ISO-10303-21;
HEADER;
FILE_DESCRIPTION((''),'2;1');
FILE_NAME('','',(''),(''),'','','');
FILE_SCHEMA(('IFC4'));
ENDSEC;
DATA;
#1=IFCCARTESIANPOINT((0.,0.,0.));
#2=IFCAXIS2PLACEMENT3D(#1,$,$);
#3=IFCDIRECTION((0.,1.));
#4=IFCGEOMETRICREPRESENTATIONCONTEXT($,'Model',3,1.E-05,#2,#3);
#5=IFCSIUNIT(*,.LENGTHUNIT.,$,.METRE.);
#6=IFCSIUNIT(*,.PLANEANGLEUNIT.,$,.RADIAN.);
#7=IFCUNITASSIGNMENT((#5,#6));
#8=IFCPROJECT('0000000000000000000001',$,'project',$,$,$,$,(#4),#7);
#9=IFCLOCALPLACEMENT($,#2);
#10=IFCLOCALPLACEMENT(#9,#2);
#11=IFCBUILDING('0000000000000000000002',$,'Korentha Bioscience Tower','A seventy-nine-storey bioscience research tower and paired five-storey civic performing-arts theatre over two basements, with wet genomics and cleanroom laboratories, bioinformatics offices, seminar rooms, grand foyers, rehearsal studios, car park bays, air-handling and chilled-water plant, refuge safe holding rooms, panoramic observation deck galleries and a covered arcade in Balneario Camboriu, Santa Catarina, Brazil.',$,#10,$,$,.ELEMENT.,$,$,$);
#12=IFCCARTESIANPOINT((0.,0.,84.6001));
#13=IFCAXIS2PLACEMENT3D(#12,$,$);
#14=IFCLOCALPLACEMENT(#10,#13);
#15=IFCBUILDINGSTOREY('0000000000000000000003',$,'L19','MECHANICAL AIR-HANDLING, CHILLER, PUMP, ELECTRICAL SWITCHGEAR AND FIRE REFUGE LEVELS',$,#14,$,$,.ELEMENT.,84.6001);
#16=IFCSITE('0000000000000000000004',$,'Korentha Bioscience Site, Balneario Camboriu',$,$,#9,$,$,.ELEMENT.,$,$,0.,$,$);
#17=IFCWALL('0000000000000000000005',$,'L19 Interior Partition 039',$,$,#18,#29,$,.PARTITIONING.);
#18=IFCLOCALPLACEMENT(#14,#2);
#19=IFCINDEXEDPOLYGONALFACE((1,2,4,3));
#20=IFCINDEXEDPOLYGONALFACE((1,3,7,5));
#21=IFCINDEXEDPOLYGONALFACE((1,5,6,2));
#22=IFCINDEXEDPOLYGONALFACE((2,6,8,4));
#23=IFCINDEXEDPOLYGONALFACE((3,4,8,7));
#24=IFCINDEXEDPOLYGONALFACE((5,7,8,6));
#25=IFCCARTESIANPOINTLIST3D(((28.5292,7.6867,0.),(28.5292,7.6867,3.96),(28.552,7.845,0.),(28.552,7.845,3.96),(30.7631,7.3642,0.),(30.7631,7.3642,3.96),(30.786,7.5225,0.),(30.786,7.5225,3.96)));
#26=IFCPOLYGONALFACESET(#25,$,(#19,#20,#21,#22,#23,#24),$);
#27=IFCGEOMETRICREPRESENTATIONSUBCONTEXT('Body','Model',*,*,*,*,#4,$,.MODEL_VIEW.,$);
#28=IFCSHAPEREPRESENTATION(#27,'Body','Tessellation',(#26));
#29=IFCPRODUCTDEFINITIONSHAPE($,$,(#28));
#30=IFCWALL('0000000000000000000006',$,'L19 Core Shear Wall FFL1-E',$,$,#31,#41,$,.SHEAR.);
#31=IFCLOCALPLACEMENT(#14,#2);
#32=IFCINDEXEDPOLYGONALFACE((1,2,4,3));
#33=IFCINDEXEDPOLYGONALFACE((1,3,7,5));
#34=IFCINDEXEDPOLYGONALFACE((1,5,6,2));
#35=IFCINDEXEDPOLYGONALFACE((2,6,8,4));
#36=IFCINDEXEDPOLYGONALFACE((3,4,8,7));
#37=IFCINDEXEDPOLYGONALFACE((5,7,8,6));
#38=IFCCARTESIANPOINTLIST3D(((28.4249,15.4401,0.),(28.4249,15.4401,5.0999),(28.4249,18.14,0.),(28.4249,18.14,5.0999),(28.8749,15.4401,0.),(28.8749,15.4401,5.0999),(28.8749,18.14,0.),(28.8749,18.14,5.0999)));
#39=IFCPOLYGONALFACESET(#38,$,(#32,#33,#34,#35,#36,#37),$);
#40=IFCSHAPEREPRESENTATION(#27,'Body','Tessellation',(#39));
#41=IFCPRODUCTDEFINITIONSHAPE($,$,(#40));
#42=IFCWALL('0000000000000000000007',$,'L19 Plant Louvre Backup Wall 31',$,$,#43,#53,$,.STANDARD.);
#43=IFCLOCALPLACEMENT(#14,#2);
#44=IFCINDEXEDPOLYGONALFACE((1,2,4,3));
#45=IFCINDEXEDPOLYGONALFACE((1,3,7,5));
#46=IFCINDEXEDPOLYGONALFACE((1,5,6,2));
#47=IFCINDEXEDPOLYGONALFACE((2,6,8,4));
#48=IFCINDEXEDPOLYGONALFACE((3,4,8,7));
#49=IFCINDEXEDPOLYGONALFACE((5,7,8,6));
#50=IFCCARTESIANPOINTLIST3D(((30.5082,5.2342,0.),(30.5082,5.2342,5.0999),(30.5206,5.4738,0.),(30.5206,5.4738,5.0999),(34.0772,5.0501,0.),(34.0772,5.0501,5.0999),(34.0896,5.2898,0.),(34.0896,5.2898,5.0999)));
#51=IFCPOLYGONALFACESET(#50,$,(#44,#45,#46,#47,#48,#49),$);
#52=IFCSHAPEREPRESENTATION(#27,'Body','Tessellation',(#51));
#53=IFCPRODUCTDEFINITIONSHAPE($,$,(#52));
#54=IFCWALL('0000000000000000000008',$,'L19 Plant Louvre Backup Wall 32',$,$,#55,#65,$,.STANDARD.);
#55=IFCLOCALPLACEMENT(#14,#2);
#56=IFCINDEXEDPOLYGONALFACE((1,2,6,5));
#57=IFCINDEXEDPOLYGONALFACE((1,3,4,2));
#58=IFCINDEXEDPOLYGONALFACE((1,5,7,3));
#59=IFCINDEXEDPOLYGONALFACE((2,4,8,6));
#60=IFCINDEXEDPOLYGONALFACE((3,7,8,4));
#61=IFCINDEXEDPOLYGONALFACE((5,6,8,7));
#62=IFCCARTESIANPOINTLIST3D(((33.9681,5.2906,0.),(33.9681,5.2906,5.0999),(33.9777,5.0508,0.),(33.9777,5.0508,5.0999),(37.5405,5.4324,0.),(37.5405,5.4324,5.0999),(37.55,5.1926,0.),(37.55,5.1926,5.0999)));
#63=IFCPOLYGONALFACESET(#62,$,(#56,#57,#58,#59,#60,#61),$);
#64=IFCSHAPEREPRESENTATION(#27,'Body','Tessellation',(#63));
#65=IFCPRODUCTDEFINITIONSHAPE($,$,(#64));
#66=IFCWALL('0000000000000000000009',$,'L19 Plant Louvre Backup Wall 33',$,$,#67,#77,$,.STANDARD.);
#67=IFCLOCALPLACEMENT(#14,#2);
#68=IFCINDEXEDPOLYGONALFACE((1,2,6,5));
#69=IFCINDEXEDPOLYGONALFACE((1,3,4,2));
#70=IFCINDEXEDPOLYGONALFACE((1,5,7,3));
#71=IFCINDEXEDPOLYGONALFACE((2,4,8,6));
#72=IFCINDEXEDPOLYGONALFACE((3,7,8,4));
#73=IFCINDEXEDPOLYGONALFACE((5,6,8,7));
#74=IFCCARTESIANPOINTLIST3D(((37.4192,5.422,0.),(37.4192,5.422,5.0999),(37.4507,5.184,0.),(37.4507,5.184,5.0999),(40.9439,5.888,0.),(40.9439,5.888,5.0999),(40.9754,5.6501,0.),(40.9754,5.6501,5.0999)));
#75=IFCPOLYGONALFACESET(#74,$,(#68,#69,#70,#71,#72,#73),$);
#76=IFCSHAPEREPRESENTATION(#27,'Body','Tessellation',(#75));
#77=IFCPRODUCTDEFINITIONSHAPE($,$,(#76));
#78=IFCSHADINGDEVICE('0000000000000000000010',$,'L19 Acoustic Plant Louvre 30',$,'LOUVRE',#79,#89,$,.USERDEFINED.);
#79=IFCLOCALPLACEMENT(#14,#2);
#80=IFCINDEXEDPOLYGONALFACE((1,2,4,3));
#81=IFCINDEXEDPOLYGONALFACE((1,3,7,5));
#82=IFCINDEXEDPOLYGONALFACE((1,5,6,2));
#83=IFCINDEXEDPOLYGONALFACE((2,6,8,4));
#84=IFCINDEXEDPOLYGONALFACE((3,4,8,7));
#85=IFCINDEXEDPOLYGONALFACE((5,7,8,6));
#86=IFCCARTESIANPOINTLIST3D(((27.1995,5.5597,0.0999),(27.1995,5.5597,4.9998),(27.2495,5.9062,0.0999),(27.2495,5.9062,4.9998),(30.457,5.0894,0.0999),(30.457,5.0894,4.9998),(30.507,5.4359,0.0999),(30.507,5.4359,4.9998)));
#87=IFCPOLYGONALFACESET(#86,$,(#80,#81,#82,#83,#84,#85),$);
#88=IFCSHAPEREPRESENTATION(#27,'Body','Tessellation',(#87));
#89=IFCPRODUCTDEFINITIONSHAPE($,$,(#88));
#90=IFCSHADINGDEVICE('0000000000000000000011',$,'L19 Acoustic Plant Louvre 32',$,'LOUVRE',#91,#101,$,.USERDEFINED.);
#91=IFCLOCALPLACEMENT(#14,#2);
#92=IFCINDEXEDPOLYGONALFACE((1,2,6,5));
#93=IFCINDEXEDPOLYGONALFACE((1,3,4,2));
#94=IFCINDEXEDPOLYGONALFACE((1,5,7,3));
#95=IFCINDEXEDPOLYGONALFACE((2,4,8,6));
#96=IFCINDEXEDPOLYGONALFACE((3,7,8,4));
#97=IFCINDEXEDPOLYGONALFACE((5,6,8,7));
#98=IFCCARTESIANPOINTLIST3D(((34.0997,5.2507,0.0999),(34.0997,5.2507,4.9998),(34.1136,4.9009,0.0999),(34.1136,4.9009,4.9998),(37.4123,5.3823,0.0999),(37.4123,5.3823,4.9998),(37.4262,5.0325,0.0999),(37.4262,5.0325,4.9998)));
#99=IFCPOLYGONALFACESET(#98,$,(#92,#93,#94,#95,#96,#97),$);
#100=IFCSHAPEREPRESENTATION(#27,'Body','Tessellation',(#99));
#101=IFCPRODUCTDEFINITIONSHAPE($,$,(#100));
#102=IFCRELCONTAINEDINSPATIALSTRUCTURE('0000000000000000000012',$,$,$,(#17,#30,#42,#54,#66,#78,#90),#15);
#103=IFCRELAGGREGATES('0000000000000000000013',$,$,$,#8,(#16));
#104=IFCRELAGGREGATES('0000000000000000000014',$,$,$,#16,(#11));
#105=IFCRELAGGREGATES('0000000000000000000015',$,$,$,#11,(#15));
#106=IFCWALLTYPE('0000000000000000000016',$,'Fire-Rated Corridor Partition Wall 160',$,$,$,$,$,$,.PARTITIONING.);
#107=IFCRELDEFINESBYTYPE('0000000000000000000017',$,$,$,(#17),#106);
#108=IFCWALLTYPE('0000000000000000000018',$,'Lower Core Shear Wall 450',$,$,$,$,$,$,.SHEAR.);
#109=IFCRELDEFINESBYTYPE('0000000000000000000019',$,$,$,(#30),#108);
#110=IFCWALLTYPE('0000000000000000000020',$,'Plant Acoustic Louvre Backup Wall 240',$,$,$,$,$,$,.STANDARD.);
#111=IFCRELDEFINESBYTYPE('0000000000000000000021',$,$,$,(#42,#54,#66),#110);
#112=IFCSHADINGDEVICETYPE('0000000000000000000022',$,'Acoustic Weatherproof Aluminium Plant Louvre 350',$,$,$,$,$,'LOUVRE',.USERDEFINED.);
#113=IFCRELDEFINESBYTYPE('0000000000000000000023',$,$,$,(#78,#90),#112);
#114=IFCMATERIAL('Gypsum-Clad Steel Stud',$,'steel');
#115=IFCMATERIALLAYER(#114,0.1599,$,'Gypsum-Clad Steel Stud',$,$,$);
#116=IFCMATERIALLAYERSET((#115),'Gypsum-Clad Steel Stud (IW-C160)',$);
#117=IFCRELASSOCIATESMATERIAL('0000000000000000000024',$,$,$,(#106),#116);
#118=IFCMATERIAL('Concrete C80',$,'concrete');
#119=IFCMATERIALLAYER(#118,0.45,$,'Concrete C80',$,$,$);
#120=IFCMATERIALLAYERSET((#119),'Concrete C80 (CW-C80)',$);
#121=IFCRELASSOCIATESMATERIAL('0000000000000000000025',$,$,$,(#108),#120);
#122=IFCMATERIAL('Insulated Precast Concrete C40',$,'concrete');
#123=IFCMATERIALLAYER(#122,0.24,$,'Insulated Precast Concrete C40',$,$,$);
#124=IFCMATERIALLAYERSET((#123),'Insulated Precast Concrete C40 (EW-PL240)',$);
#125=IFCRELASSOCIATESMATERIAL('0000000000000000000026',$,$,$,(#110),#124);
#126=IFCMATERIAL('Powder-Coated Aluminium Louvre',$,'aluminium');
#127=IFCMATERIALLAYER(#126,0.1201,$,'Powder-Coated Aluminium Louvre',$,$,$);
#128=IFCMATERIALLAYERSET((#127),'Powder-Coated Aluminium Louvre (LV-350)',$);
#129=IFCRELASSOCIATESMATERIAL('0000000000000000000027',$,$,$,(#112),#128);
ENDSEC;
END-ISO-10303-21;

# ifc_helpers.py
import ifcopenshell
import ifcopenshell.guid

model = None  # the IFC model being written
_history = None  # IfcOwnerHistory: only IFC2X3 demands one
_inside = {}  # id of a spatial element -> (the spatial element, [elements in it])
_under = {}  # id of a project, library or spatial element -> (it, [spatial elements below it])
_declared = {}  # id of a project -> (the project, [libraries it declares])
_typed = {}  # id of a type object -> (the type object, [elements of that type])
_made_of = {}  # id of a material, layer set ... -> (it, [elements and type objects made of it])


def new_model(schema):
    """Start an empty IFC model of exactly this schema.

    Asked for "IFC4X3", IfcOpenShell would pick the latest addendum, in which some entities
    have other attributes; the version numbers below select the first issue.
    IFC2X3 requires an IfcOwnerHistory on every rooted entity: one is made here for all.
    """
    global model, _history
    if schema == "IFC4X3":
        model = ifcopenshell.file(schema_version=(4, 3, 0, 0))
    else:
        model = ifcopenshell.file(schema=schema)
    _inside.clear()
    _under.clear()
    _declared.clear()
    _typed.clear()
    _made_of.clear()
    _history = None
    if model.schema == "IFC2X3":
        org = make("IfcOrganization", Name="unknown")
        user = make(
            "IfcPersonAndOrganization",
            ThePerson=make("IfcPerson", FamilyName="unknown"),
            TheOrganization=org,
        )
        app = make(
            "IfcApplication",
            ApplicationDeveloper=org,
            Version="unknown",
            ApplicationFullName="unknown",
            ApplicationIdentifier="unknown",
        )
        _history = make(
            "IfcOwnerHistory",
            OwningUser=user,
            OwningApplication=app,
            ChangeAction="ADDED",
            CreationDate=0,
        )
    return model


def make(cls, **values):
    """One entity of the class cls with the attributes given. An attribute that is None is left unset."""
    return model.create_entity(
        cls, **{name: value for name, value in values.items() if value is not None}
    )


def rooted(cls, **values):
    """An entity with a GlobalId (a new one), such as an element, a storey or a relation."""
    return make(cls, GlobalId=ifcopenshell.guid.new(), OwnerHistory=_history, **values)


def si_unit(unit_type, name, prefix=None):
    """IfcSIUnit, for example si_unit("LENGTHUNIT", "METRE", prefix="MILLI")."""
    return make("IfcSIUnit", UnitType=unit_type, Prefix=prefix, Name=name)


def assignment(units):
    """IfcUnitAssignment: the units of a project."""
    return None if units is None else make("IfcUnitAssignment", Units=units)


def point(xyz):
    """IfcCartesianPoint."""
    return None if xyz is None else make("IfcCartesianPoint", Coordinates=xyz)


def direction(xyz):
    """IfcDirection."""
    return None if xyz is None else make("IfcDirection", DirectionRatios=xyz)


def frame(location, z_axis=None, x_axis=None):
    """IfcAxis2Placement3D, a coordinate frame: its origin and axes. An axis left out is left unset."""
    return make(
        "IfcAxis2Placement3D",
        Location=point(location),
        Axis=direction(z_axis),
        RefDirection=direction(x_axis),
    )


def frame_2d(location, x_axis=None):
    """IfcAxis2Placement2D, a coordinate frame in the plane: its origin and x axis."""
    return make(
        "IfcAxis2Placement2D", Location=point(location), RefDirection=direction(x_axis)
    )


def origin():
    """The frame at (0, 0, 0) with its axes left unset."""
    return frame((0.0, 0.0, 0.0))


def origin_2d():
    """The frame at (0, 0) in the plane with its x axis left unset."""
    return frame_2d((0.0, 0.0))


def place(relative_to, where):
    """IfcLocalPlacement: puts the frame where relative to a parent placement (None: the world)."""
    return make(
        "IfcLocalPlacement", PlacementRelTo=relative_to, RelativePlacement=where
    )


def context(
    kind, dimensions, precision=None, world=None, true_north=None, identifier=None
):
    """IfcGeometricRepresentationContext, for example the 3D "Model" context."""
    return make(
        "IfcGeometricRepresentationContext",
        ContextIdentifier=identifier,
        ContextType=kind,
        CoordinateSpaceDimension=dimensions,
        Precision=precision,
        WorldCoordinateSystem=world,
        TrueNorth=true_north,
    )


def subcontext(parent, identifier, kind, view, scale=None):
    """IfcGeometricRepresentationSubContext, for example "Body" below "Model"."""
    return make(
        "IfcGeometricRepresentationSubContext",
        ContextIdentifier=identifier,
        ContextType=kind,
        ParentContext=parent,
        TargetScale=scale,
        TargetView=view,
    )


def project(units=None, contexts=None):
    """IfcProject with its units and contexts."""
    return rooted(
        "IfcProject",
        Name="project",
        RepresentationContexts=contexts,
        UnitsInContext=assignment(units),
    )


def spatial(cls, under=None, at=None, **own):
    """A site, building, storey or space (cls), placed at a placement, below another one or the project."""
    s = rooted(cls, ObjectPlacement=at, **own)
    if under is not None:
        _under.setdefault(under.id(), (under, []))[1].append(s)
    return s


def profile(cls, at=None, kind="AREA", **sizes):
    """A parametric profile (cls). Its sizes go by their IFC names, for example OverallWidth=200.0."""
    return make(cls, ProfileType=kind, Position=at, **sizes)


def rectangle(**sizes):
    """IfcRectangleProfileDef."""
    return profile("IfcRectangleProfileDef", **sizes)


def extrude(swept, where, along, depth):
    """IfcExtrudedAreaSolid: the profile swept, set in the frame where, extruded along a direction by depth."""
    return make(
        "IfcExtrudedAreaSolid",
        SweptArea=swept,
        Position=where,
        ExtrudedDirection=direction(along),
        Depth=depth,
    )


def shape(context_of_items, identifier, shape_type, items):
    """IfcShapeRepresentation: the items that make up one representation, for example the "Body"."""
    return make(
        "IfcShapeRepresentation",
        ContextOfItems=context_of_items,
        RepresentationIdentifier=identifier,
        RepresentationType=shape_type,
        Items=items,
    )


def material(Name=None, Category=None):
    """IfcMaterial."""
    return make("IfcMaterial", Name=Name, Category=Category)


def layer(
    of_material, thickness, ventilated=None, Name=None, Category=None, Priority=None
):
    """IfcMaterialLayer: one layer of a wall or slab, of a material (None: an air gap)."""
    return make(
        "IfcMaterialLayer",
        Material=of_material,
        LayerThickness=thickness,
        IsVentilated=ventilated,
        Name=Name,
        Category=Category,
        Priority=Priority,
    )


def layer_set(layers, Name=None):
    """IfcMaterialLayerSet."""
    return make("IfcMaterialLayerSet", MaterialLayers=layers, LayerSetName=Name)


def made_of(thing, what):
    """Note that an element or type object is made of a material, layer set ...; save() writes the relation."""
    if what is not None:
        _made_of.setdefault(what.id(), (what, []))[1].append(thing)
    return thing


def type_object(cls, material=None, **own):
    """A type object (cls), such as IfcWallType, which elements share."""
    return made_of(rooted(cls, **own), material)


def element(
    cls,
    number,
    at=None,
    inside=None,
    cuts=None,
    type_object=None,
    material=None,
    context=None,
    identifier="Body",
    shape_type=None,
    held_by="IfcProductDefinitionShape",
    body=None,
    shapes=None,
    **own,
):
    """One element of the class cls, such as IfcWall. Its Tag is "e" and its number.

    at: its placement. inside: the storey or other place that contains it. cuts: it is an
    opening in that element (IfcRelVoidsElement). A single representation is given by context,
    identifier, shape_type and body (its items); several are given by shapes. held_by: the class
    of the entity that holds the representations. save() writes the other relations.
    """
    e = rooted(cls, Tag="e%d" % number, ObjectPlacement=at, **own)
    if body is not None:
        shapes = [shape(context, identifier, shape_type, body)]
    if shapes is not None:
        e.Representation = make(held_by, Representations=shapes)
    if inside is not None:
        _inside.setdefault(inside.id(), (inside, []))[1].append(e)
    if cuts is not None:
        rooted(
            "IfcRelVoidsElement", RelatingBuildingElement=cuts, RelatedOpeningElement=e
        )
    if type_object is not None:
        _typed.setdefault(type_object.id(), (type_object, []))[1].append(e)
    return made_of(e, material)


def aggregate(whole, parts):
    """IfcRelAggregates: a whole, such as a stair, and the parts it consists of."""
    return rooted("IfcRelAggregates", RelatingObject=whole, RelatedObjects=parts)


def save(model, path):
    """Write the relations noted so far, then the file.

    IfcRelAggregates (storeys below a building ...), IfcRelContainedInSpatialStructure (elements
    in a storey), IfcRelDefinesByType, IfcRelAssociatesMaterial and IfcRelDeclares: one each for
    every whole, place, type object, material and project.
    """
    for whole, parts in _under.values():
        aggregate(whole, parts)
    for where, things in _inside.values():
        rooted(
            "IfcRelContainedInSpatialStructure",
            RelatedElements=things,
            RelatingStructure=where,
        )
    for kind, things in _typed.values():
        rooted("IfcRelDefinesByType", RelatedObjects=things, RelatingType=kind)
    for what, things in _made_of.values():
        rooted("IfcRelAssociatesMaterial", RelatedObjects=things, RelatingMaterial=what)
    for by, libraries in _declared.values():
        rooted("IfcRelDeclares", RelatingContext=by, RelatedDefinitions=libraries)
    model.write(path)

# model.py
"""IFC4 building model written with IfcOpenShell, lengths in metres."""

from ifc_helpers import new_model, si_unit, direction, frame, frame_2d, origin, origin_2d, place, context, subcontext, project, spatial, rectangle, extrude, material, layer, layer_set, type_object, element, save


model = new_model("IFC4")

# Units and contexts
model_context = context("Model", 3, precision=1e-05, world=origin(), true_north=direction((0.0, 1.0)))
body_context = subcontext(model_context, "Body", "Model", "MODEL_VIEW")
ifc_project = project(units=[si_unit("LENGTHUNIT", "METRE"), si_unit("PLANEANGLEUNIT", "RADIAN")], contexts=[model_context])

# Site, building, storey
site_placement = place(None, origin())
site = spatial("IfcSite", under=ifc_project, at=site_placement, Name="Korentha Bioscience Site, Balneario Camboriu", CompositionType="ELEMENT", RefElevation=0.0)
building_placement = place(site_placement, origin())
building = spatial("IfcBuilding", under=site, at=building_placement, Name="Korentha Bioscience Tower", Description="A seventy-nine-storey bioscience research tower and paired five-storey civic performing-arts theatre over two basements, with wet genomics and cleanroom laboratories, bioinformatics offices, seminar rooms, grand foyers, rehearsal studios, car park bays, air-handling and chilled-water plant, refuge safe holding rooms, panoramic observation deck galleries and a covered arcade in Balneario Camboriu, Santa Catarina, Brazil.", CompositionType="ELEMENT")
storey_placement = place(building_placement, frame((0.0, 0.0, 84.6001)))
storey = spatial("IfcBuildingStorey", under=building, at=storey_placement, Name="L19", Description="MECHANICAL AIR-HANDLING, CHILLER, PUMP, ELECTRICAL SWITCHGEAR AND FIRE REFUGE LEVELS", CompositionType="ELEMENT", Elevation=84.6001)

# Shared definitions
ifc_material_1 = material(Name="Concrete C80", Category="concrete")

# Walls
ifc_material_2 = material(Name="Gypsum-Clad Steel Stud", Category="steel")
ifc_layer_1 = layer(ifc_material_2, 0.1599, Name="Gypsum-Clad Steel Stud")
ifc_layer_set_1 = layer_set([ifc_layer_1], Name="Gypsum-Clad Steel Stud (IW-C160)")
wall_type_1 = type_object("IfcWallType", Name="Fire-Rated Corridor Partition Wall 160", PredefinedType="PARTITIONING", material=ifc_layer_set_1)
wall_1_placement = place(storey_placement, frame((30.7744, 7.4434, 0.0), z_axis=(0.0, 0.0, 1.0), x_axis=(-0.989739, 0.14289, 0.0)))
element("IfcWall", 1, at=wall_1_placement, inside=storey, type_object=wall_type_1, Name="L19 Interior Partition 039", PredefinedType="PARTITIONING", context=body_context, shape_type="SweptSolid", body=[
    extrude(rectangle(XDim=2.2571, YDim=0.1599, at=frame_2d((1.1284, 0.0))), origin(), (0.0, 0.0, 1.0), 3.96),
])
ifc_layer_2 = layer(ifc_material_1, 0.45, Name="Concrete C80")
ifc_layer_set_2 = layer_set([ifc_layer_2], Name="Concrete C80 (CW-C80)")
wall_type_2 = type_object("IfcWallType", Name="Lower Core Shear Wall 450", PredefinedType="SHEAR", material=ifc_layer_set_2)
wall_2_placement = place(storey_placement, frame((28.6499, 15.4399, 0.0), z_axis=(0.0, 0.0, 1.0), x_axis=(0.0, 1.0, 0.0)))
element("IfcWall", 2, at=wall_2_placement, inside=storey, type_object=wall_type_2, Name="L19 Core Shear Wall FFL1-E", PredefinedType="SHEAR", context=body_context, shape_type="SweptSolid", body=[
    extrude(rectangle(XDim=2.7, YDim=0.45, at=frame_2d((1.3501, 0.0))), origin(), (0.0, 0.0, 1.0), 5.0999),
])
ifc_material_3 = material(Name="Insulated Precast Concrete C40", Category="concrete")
ifc_layer_3 = layer(ifc_material_3, 0.24, Name="Insulated Precast Concrete C40")
ifc_layer_set_3 = layer_set([ifc_layer_3], Name="Insulated Precast Concrete C40 (EW-PL240)")
wall_type_3 = type_object("IfcWallType", Name="Plant Acoustic Louvre Backup Wall 240", PredefinedType="STANDARD", material=ifc_layer_set_3)
wall_3_placement = place(storey_placement, frame((30.5144, 5.354, 0.0), z_axis=(0.0, 0.0, 1.0), x_axis=(0.998673, -0.051508, 0.0)))
element("IfcWall", 3, at=wall_3_placement, inside=storey, type_object=wall_type_3, Name="L19 Plant Louvre Backup Wall 31", PredefinedType="STANDARD", context=body_context, shape_type="SweptSolid", body=[
    extrude(rectangle(XDim=3.5737, YDim=0.24, at=frame_2d((1.7869, 0.0))), origin(), (0.0, 0.0, 1.0), 5.0999),
])
wall_4_placement = place(storey_placement, frame((33.9729, 5.1707, 0.0), z_axis=(0.0, 0.0, 1.0), x_axis=(0.999213, 0.039676, 0.0)))
element("IfcWall", 4, at=wall_4_placement, inside=storey, type_object=wall_type_3, Name="L19 Plant Louvre Backup Wall 32", PredefinedType="STANDARD", context=body_context, shape_type="SweptSolid", body=[
    extrude(rectangle(XDim=3.5752, YDim=0.24, at=frame_2d((1.7876, 0.0))), origin(), (0.0, 0.0, 1.0), 5.0999),
])
wall_5_placement = place(storey_placement, frame((37.4348, 5.303, 0.0), z_axis=(0.0, 0.0, 1.0), x_axis=(0.991371, 0.131089, 0.0)))
element("IfcWall", 5, at=wall_5_placement, inside=storey, type_object=wall_type_3, Name="L19 Plant Louvre Backup Wall 33", PredefinedType="STANDARD", context=body_context, shape_type="SweptSolid", body=[
    extrude(rectangle(XDim=3.5554, YDim=0.24, at=frame_2d((1.7778, 0.0))), origin(), (0.0, 0.0, 1.0), 5.0999),
])

# Shading devices
ifc_material_4 = material(Name="Powder-Coated Aluminium Louvre", Category="aluminium")
ifc_layer_4 = layer(ifc_material_4, 0.1201, Name="Powder-Coated Aluminium Louvre")
ifc_layer_set_4 = layer_set([ifc_layer_4], Name="Powder-Coated Aluminium Louvre (LV-350)")
shading_device_type = type_object("IfcShadingDeviceType", Name="Acoustic Weatherproof Aluminium Plant Louvre 350", ElementType="LOUVRE", PredefinedType="USERDEFINED", material=ifc_layer_set_4)
shading_device_1_placement = place(storey_placement, frame((28.8533, 5.4978, 0.0999), z_axis=(0.0, 0.0, 1.0), x_axis=(0.989737, -0.142902, 0.0)))
element("IfcShadingDevice", 6, at=shading_device_1_placement, inside=storey, type_object=shading_device_type, Name="L19 Acoustic Plant Louvre 30", ObjectType="LOUVRE", PredefinedType="USERDEFINED", context=body_context, shape_type="SweptSolid", body=[
    extrude(rectangle(XDim=3.2913, YDim=0.3501, at=origin_2d()), origin(), (0.0, 0.0, 1.0), 4.8999),
])
shading_device_2_placement = place(storey_placement, frame((35.7629, 5.1416, 0.0999), z_axis=(0.0, 0.0, 1.0), x_axis=(0.999211, 0.039709, 0.0)))
element("IfcShadingDevice", 7, at=shading_device_2_placement, inside=storey, type_object=shading_device_type, Name="L19 Acoustic Plant Louvre 32", ObjectType="LOUVRE", PredefinedType="USERDEFINED", context=body_context, shape_type="SweptSolid", body=[
    extrude(rectangle(XDim=3.3152, YDim=0.3501, at=origin_2d()), origin(), (0.0, 0.0, 1.0), 4.8999),
])

save(model, "model.ifc")
